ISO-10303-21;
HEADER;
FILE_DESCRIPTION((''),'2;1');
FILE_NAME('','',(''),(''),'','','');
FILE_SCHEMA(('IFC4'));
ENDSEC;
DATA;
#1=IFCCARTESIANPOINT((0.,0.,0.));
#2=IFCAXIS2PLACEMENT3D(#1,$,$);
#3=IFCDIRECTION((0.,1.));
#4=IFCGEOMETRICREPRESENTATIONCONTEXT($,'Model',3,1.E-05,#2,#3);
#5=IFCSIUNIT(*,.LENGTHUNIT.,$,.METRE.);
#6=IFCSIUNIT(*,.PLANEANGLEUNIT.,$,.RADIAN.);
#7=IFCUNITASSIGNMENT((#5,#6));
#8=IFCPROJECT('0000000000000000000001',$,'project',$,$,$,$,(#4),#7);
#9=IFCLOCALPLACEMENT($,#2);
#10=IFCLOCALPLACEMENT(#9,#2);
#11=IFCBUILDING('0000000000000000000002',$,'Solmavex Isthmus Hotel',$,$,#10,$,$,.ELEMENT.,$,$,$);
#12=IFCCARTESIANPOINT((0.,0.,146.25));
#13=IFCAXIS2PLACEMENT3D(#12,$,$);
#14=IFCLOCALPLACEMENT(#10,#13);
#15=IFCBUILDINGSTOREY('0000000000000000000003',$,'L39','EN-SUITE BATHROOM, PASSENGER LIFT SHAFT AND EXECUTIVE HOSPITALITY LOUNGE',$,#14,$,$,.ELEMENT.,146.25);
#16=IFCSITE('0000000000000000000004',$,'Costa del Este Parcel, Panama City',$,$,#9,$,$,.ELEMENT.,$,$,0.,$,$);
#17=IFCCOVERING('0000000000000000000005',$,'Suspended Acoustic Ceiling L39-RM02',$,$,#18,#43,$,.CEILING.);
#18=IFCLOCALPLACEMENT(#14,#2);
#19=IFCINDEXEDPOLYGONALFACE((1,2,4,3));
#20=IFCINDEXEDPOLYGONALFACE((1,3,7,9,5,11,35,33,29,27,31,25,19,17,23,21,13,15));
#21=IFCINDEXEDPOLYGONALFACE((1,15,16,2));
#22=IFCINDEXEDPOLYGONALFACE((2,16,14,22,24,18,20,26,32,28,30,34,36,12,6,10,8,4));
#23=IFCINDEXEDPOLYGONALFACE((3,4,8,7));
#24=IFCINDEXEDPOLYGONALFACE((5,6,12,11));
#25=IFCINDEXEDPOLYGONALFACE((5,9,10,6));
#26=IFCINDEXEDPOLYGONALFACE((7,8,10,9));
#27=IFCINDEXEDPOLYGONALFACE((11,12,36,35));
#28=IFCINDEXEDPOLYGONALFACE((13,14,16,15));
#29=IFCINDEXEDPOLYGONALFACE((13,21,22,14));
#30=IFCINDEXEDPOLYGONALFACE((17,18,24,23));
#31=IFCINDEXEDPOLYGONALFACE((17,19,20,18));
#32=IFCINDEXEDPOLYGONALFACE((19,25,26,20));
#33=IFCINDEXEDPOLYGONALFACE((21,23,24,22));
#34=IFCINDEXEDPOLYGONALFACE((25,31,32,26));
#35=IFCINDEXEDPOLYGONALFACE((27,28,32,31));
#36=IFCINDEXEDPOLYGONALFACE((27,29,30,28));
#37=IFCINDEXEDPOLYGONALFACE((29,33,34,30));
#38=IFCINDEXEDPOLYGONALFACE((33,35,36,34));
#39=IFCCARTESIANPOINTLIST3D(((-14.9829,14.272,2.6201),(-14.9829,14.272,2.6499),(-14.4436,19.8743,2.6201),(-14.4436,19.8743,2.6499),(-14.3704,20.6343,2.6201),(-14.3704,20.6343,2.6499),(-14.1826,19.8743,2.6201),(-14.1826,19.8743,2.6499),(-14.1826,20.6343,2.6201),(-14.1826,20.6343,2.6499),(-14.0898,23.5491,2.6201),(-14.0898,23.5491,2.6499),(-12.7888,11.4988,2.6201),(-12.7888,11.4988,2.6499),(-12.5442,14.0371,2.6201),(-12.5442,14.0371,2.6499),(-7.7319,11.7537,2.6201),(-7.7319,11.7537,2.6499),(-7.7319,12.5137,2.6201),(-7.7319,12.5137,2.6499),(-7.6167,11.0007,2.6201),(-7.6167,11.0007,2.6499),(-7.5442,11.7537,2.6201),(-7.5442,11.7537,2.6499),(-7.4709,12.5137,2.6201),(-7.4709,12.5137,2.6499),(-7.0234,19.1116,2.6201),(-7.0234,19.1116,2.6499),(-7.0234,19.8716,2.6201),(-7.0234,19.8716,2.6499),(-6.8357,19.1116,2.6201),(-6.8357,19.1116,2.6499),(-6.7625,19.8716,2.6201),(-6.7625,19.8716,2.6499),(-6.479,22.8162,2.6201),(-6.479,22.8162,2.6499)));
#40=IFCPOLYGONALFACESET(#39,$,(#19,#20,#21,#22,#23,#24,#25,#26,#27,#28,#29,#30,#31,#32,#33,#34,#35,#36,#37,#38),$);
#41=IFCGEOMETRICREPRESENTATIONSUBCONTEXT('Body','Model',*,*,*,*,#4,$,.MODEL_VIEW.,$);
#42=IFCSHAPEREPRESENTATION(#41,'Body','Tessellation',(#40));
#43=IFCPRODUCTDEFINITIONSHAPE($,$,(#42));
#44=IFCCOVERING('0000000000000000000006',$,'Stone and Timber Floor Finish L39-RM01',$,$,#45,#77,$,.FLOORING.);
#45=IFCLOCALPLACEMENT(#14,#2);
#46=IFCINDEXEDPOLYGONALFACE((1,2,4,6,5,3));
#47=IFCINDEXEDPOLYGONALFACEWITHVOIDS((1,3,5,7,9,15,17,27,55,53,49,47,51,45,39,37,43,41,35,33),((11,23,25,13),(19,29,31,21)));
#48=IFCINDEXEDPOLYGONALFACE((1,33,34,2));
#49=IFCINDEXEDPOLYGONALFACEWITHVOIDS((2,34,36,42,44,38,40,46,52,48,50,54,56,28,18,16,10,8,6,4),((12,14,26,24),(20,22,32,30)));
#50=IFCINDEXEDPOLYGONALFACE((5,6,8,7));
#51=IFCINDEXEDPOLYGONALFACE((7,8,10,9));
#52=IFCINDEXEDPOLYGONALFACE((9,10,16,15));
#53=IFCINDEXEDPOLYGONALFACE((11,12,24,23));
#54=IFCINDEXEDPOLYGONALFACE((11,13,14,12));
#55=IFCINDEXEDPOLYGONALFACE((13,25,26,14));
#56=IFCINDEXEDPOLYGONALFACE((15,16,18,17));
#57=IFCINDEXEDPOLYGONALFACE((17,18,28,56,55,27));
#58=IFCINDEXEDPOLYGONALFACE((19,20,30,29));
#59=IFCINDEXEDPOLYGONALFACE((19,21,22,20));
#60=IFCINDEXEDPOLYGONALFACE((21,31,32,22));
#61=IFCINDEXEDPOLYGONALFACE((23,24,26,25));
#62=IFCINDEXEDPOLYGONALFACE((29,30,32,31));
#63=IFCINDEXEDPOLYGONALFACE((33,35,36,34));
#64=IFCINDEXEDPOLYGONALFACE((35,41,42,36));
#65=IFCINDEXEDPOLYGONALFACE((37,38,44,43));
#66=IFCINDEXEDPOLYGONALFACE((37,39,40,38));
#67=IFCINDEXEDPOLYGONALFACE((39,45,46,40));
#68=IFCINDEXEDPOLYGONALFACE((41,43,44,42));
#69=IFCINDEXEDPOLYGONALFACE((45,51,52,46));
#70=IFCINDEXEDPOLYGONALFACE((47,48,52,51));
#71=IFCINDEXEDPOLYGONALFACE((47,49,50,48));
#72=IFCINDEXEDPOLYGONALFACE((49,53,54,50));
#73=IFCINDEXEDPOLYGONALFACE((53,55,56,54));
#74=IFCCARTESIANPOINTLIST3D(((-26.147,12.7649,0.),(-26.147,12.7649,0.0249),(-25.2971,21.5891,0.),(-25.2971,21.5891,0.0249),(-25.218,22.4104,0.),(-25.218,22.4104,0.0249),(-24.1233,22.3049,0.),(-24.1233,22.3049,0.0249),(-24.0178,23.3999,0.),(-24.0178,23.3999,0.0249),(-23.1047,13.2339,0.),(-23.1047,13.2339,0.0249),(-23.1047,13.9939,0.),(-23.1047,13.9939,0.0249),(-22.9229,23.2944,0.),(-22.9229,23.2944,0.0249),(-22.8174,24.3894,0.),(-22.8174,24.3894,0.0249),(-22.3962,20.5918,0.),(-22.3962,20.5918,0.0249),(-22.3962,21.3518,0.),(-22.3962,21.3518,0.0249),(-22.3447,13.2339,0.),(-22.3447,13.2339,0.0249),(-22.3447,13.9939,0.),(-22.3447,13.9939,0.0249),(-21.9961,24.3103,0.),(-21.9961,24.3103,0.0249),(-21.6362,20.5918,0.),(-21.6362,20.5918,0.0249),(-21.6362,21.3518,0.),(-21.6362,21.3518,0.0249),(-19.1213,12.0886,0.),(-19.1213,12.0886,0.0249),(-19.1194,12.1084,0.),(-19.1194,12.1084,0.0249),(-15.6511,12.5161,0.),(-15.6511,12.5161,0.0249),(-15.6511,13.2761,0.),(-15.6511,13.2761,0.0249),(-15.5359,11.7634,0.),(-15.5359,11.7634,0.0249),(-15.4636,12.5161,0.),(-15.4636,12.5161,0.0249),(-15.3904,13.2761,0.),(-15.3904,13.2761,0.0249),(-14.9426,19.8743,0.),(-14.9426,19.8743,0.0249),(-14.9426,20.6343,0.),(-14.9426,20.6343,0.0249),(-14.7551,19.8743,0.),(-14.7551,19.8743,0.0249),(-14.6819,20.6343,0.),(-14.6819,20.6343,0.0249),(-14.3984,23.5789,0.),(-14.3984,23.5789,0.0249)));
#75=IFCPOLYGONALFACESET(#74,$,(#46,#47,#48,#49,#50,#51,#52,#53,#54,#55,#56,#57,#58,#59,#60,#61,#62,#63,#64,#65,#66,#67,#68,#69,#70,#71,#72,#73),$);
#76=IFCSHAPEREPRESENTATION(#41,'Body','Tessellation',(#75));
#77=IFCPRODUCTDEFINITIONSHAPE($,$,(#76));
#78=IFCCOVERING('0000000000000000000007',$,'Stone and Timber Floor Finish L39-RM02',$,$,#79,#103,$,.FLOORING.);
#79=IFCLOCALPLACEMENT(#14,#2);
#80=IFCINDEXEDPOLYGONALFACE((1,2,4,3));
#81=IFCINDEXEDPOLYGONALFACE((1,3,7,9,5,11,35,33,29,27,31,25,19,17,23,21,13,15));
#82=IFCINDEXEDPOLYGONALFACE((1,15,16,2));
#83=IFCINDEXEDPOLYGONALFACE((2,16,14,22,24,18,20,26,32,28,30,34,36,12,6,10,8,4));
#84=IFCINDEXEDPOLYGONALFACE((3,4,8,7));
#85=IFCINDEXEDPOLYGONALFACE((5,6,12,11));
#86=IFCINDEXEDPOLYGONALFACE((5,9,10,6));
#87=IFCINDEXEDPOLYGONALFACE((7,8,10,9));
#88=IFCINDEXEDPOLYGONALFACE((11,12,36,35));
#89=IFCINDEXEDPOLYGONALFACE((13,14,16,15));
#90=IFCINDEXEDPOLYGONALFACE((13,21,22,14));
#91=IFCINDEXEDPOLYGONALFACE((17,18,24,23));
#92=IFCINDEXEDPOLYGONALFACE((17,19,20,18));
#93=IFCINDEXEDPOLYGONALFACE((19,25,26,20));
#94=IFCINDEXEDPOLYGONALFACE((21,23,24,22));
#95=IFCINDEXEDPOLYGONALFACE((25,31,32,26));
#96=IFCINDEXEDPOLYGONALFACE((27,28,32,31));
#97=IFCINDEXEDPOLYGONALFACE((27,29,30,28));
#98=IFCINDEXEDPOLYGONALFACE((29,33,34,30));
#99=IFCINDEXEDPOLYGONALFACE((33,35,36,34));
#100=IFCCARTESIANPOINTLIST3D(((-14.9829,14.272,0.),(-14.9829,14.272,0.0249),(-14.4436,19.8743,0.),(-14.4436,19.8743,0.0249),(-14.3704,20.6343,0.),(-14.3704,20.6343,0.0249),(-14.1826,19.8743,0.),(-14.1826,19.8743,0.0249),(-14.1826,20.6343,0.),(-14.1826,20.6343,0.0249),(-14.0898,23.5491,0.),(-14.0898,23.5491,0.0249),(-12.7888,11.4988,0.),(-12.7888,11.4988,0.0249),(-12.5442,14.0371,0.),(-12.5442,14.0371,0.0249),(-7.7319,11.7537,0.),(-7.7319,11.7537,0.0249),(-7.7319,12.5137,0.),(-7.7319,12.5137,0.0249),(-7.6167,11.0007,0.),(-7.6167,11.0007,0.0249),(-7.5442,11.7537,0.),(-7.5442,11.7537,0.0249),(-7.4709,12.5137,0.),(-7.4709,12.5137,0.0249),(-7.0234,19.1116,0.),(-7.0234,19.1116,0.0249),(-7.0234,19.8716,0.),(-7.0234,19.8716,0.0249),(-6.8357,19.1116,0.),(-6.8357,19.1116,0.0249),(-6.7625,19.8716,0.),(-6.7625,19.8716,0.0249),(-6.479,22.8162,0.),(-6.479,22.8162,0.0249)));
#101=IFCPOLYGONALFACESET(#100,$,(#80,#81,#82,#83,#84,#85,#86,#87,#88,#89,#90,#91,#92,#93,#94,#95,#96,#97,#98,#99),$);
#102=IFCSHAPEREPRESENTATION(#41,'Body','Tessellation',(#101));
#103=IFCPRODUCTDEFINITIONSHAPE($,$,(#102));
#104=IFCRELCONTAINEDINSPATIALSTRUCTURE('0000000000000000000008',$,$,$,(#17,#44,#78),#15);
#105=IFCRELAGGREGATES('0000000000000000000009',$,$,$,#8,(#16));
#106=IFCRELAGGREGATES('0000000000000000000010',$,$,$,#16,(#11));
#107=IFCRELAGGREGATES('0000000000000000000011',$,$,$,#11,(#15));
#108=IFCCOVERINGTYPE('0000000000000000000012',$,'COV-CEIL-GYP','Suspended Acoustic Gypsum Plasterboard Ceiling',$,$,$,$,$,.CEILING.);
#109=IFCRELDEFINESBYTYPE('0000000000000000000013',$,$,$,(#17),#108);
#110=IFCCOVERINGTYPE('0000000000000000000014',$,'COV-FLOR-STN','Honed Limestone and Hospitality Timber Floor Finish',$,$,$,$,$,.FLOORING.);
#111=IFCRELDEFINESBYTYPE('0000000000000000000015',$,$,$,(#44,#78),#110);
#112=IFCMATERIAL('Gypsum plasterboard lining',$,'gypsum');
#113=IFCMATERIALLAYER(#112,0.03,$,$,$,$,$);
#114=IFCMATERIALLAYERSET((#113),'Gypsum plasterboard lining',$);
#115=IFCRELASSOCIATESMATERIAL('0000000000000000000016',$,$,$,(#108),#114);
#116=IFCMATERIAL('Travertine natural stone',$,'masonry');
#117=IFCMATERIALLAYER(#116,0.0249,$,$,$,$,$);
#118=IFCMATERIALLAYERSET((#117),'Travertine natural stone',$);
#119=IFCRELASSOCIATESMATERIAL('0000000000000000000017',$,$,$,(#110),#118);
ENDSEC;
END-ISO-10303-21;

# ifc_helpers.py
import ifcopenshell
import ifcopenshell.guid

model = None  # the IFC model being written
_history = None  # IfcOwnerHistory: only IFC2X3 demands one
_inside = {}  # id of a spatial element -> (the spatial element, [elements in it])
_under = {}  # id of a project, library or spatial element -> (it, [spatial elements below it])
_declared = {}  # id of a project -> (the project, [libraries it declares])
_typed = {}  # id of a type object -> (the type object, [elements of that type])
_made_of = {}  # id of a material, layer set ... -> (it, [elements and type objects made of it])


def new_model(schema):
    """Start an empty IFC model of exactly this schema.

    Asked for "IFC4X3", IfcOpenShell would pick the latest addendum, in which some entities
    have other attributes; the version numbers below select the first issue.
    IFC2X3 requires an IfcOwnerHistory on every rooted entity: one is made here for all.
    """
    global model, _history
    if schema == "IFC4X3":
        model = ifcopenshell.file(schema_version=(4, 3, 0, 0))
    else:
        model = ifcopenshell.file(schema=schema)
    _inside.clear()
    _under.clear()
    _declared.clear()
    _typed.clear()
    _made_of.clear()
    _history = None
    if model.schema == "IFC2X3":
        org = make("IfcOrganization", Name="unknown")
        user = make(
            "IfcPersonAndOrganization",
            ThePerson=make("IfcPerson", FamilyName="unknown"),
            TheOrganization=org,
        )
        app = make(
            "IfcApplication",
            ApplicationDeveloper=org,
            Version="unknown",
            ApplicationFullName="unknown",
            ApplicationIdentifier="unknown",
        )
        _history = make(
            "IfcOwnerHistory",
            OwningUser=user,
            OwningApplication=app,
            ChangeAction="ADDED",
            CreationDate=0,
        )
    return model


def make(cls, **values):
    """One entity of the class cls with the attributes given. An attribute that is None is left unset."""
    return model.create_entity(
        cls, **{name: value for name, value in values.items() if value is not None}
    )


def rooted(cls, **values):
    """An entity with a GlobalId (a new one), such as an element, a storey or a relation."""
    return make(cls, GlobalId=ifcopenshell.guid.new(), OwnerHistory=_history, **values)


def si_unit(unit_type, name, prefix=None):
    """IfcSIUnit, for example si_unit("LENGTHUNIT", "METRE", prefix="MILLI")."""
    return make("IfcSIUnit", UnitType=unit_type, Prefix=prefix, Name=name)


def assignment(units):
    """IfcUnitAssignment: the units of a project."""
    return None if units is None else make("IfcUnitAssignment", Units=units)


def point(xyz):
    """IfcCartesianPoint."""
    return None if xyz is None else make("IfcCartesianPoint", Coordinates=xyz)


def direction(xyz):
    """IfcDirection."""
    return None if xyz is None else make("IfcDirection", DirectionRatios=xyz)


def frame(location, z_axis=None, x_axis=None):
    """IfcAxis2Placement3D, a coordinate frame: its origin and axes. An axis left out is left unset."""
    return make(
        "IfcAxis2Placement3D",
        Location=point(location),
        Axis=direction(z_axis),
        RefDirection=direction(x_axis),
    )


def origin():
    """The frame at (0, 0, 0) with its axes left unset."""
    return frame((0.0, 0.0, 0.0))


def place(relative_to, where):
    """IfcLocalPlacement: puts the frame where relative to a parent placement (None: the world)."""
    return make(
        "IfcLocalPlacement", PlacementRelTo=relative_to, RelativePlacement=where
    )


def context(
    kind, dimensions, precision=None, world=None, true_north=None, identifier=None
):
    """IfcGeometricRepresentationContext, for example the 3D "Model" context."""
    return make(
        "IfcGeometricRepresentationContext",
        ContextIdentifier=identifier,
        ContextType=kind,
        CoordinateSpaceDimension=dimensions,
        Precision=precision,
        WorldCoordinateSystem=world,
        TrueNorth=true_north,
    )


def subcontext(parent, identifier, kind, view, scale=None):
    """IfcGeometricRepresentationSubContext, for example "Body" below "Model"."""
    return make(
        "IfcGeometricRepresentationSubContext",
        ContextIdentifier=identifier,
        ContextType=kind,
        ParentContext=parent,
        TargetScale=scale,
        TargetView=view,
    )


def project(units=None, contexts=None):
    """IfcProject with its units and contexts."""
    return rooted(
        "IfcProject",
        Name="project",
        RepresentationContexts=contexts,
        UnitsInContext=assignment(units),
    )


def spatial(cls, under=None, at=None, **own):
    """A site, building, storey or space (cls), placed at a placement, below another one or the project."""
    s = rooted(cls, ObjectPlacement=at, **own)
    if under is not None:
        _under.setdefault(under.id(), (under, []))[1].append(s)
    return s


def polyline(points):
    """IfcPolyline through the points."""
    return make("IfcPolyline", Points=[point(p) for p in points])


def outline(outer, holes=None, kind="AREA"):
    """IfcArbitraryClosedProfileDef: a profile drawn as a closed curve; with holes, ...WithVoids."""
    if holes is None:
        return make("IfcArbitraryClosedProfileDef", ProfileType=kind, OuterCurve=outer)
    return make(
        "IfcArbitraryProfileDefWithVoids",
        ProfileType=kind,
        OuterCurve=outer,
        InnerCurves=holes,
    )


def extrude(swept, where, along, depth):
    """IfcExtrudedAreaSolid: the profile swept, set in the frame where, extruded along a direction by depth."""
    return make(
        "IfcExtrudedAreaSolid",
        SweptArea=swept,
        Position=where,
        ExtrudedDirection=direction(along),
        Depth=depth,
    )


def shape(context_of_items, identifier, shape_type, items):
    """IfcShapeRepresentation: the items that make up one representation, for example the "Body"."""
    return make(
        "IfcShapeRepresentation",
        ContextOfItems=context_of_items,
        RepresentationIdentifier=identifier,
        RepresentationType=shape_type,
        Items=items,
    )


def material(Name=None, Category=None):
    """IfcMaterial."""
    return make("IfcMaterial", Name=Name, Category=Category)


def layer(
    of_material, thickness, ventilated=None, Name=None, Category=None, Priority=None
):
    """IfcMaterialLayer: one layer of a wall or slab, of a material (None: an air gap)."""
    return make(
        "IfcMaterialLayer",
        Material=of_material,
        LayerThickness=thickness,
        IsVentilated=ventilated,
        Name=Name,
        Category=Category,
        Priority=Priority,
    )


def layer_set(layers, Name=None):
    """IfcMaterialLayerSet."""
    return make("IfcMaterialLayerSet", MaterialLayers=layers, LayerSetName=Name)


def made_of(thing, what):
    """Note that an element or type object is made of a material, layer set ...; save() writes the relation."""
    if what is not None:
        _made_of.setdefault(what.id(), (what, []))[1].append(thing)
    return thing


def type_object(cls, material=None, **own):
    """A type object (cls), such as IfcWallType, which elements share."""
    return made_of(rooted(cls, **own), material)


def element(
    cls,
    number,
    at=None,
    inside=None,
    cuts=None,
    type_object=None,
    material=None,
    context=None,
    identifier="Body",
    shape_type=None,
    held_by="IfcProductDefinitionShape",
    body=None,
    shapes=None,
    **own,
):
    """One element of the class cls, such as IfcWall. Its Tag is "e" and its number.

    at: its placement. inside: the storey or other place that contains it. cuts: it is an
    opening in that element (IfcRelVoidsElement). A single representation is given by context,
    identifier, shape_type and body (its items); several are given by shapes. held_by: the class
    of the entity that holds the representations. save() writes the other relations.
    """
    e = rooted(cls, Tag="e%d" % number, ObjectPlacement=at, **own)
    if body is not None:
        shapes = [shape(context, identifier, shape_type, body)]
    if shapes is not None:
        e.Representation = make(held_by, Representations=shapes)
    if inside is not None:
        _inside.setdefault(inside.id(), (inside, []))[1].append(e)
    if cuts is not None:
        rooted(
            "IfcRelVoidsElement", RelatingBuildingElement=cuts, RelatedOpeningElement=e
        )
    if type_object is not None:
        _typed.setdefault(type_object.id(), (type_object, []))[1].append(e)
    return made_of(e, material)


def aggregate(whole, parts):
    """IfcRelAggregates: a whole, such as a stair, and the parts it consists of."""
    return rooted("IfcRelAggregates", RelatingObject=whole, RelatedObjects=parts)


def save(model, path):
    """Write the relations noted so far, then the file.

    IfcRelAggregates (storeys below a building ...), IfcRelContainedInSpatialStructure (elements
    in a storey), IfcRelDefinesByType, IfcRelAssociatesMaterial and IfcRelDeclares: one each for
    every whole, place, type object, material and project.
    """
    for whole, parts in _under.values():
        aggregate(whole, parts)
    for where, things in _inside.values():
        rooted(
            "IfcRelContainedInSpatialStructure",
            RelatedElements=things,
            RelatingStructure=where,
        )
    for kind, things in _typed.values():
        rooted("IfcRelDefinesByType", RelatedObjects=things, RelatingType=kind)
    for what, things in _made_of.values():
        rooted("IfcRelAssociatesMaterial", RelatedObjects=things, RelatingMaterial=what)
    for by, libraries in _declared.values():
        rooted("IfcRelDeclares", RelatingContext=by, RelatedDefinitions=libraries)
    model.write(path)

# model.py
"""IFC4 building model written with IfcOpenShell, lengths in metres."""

from ifc_helpers import new_model, si_unit, direction, frame, origin, place, context, subcontext, project, spatial, polyline, outline, extrude, material, layer, layer_set, type_object, element, save


model = new_model("IFC4")

# Units and contexts
model_context = context("Model", 3, precision=1e-05, world=origin(), true_north=direction((0.0, 1.0)))
body_context = subcontext(model_context, "Body", "Model", "MODEL_VIEW")
ifc_project = project(units=[si_unit("LENGTHUNIT", "METRE"), si_unit("PLANEANGLEUNIT", "RADIAN")], contexts=[model_context])

# Site, building, storey
site_placement = place(None, origin())
site = spatial("IfcSite", under=ifc_project, at=site_placement, Name="Costa del Este Parcel, Panama City", CompositionType="ELEMENT", RefElevation=0.0)
building_placement = place(site_placement, origin())
building = spatial("IfcBuilding", under=site, at=building_placement, Name="Solmavex Isthmus Hotel", CompositionType="ELEMENT")
storey_placement = place(building_placement, frame((0.0, 0.0, 146.25)))
storey = spatial("IfcBuildingStorey", under=building, at=storey_placement, Name="L39", Description="EN-SUITE BATHROOM, PASSENGER LIFT SHAFT AND EXECUTIVE HOSPITALITY LOUNGE", CompositionType="ELEMENT", Elevation=146.25)

# Coverings
ifc_material_1 = material(Name="Gypsum plasterboard lining", Category="gypsum")
ifc_layer_1 = layer(ifc_material_1, 0.03)
ifc_layer_set_1 = layer_set([ifc_layer_1], Name="Gypsum plasterboard lining")
covering_type_1 = type_object("IfcCoveringType", Name="COV-CEIL-GYP", Description="Suspended Acoustic Gypsum Plasterboard Ceiling", PredefinedType="CEILING", material=ifc_layer_set_1)
covering_1_placement = place(storey_placement, frame((0.0, 0.0, 2.6201)))
element("IfcCovering", 1, at=covering_1_placement, inside=storey, type_object=covering_type_1, Name="Suspended Acoustic Ceiling L39-RM02", PredefinedType="CEILING", context=body_context, shape_type="SweptSolid", body=[
    extrude(outline(polyline([(-14.3704, 20.6343), (-14.1826, 20.6343), (-14.1826, 19.8743), (-14.4436, 19.8743), (-14.9829, 14.272), (-12.5442, 14.0371), (-12.7888, 11.4988), (-7.6167, 11.0007), (-7.5442, 11.7537), (-7.7319, 11.7537), (-7.7319, 12.5137), (-7.4709, 12.5137), (-6.8357, 19.1116), (-7.0234, 19.1116), (-7.0234, 19.8716), (-6.7625, 19.8716), (-6.479, 22.8162), (-14.0898, 23.5491), (-14.3704, 20.6343)])), origin(), (0.0, 0.0, 1.0), 0.0298),
])
ifc_material_2 = material(Name="Travertine natural stone", Category="masonry")
ifc_layer_2 = layer(ifc_material_2, 0.0249)
ifc_layer_set_2 = layer_set([ifc_layer_2], Name="Travertine natural stone")
covering_type_2 = type_object("IfcCoveringType", Name="COV-FLOR-STN", Description="Honed Limestone and Hospitality Timber Floor Finish", PredefinedType="FLOORING", material=ifc_layer_set_2)
covering_2_placement = place(storey_placement, origin())
element("IfcCovering", 2, at=covering_2_placement, inside=storey, type_object=covering_type_2, Name="Stone and Timber Floor Finish L39-RM01", PredefinedType="FLOORING", context=body_context, shape_type="SweptSolid", body=[
    extrude(outline(polyline([(-19.1213, 12.0886), (-19.1194, 12.1084), (-15.5359, 11.7634), (-15.4636, 12.5161), (-15.6511, 12.5161), (-15.6511, 13.2761), (-15.3904, 13.2761), (-14.7551, 19.8743), (-14.9426, 19.8743), (-14.9426, 20.6343), (-14.6819, 20.6343), (-14.3984, 23.5789), (-21.9961, 24.3103), (-22.8174, 24.3894), (-22.9229, 23.2944), (-24.0178, 23.3999), (-24.1233, 22.3049), (-25.218, 22.4104), (-25.2971, 21.5891), (-26.147, 12.7649), (-19.1213, 12.0886)]), holes=[polyline([(-22.3962, 20.5918), (-22.3962, 21.3518), (-21.6362, 21.3518), (-21.6362, 20.5918), (-22.3962, 20.5918)]), polyline([(-23.1047, 13.2339), (-23.1047, 13.9939), (-22.3447, 13.9939), (-22.3447, 13.2339), (-23.1047, 13.2339)])]), origin(), (0.0, 0.0, 1.0), 0.0249),
])
covering_3_placement = place(storey_placement, origin())
element("IfcCovering", 3, at=covering_3_placement, inside=storey, type_object=covering_type_2, Name="Stone and Timber Floor Finish L39-RM02", PredefinedType="FLOORING", context=body_context, shape_type="SweptSolid", body=[
    extrude(outline(polyline([(-14.3704, 20.6343), (-14.1826, 20.6343), (-14.1826, 19.8743), (-14.4436, 19.8743), (-14.9829, 14.272), (-12.5442, 14.0371), (-12.7888, 11.4988), (-7.6167, 11.0007), (-7.5442, 11.7537), (-7.7319, 11.7537), (-7.7319, 12.5137), (-7.4709, 12.5137), (-6.8357, 19.1116), (-7.0234, 19.1116), (-7.0234, 19.8716), (-6.7625, 19.8716), (-6.479, 22.8162), (-14.0898, 23.5491), (-14.3704, 20.6343)])), origin(), (0.0, 0.0, 1.0), 0.0249),
])

save(model, "model.ifc")
